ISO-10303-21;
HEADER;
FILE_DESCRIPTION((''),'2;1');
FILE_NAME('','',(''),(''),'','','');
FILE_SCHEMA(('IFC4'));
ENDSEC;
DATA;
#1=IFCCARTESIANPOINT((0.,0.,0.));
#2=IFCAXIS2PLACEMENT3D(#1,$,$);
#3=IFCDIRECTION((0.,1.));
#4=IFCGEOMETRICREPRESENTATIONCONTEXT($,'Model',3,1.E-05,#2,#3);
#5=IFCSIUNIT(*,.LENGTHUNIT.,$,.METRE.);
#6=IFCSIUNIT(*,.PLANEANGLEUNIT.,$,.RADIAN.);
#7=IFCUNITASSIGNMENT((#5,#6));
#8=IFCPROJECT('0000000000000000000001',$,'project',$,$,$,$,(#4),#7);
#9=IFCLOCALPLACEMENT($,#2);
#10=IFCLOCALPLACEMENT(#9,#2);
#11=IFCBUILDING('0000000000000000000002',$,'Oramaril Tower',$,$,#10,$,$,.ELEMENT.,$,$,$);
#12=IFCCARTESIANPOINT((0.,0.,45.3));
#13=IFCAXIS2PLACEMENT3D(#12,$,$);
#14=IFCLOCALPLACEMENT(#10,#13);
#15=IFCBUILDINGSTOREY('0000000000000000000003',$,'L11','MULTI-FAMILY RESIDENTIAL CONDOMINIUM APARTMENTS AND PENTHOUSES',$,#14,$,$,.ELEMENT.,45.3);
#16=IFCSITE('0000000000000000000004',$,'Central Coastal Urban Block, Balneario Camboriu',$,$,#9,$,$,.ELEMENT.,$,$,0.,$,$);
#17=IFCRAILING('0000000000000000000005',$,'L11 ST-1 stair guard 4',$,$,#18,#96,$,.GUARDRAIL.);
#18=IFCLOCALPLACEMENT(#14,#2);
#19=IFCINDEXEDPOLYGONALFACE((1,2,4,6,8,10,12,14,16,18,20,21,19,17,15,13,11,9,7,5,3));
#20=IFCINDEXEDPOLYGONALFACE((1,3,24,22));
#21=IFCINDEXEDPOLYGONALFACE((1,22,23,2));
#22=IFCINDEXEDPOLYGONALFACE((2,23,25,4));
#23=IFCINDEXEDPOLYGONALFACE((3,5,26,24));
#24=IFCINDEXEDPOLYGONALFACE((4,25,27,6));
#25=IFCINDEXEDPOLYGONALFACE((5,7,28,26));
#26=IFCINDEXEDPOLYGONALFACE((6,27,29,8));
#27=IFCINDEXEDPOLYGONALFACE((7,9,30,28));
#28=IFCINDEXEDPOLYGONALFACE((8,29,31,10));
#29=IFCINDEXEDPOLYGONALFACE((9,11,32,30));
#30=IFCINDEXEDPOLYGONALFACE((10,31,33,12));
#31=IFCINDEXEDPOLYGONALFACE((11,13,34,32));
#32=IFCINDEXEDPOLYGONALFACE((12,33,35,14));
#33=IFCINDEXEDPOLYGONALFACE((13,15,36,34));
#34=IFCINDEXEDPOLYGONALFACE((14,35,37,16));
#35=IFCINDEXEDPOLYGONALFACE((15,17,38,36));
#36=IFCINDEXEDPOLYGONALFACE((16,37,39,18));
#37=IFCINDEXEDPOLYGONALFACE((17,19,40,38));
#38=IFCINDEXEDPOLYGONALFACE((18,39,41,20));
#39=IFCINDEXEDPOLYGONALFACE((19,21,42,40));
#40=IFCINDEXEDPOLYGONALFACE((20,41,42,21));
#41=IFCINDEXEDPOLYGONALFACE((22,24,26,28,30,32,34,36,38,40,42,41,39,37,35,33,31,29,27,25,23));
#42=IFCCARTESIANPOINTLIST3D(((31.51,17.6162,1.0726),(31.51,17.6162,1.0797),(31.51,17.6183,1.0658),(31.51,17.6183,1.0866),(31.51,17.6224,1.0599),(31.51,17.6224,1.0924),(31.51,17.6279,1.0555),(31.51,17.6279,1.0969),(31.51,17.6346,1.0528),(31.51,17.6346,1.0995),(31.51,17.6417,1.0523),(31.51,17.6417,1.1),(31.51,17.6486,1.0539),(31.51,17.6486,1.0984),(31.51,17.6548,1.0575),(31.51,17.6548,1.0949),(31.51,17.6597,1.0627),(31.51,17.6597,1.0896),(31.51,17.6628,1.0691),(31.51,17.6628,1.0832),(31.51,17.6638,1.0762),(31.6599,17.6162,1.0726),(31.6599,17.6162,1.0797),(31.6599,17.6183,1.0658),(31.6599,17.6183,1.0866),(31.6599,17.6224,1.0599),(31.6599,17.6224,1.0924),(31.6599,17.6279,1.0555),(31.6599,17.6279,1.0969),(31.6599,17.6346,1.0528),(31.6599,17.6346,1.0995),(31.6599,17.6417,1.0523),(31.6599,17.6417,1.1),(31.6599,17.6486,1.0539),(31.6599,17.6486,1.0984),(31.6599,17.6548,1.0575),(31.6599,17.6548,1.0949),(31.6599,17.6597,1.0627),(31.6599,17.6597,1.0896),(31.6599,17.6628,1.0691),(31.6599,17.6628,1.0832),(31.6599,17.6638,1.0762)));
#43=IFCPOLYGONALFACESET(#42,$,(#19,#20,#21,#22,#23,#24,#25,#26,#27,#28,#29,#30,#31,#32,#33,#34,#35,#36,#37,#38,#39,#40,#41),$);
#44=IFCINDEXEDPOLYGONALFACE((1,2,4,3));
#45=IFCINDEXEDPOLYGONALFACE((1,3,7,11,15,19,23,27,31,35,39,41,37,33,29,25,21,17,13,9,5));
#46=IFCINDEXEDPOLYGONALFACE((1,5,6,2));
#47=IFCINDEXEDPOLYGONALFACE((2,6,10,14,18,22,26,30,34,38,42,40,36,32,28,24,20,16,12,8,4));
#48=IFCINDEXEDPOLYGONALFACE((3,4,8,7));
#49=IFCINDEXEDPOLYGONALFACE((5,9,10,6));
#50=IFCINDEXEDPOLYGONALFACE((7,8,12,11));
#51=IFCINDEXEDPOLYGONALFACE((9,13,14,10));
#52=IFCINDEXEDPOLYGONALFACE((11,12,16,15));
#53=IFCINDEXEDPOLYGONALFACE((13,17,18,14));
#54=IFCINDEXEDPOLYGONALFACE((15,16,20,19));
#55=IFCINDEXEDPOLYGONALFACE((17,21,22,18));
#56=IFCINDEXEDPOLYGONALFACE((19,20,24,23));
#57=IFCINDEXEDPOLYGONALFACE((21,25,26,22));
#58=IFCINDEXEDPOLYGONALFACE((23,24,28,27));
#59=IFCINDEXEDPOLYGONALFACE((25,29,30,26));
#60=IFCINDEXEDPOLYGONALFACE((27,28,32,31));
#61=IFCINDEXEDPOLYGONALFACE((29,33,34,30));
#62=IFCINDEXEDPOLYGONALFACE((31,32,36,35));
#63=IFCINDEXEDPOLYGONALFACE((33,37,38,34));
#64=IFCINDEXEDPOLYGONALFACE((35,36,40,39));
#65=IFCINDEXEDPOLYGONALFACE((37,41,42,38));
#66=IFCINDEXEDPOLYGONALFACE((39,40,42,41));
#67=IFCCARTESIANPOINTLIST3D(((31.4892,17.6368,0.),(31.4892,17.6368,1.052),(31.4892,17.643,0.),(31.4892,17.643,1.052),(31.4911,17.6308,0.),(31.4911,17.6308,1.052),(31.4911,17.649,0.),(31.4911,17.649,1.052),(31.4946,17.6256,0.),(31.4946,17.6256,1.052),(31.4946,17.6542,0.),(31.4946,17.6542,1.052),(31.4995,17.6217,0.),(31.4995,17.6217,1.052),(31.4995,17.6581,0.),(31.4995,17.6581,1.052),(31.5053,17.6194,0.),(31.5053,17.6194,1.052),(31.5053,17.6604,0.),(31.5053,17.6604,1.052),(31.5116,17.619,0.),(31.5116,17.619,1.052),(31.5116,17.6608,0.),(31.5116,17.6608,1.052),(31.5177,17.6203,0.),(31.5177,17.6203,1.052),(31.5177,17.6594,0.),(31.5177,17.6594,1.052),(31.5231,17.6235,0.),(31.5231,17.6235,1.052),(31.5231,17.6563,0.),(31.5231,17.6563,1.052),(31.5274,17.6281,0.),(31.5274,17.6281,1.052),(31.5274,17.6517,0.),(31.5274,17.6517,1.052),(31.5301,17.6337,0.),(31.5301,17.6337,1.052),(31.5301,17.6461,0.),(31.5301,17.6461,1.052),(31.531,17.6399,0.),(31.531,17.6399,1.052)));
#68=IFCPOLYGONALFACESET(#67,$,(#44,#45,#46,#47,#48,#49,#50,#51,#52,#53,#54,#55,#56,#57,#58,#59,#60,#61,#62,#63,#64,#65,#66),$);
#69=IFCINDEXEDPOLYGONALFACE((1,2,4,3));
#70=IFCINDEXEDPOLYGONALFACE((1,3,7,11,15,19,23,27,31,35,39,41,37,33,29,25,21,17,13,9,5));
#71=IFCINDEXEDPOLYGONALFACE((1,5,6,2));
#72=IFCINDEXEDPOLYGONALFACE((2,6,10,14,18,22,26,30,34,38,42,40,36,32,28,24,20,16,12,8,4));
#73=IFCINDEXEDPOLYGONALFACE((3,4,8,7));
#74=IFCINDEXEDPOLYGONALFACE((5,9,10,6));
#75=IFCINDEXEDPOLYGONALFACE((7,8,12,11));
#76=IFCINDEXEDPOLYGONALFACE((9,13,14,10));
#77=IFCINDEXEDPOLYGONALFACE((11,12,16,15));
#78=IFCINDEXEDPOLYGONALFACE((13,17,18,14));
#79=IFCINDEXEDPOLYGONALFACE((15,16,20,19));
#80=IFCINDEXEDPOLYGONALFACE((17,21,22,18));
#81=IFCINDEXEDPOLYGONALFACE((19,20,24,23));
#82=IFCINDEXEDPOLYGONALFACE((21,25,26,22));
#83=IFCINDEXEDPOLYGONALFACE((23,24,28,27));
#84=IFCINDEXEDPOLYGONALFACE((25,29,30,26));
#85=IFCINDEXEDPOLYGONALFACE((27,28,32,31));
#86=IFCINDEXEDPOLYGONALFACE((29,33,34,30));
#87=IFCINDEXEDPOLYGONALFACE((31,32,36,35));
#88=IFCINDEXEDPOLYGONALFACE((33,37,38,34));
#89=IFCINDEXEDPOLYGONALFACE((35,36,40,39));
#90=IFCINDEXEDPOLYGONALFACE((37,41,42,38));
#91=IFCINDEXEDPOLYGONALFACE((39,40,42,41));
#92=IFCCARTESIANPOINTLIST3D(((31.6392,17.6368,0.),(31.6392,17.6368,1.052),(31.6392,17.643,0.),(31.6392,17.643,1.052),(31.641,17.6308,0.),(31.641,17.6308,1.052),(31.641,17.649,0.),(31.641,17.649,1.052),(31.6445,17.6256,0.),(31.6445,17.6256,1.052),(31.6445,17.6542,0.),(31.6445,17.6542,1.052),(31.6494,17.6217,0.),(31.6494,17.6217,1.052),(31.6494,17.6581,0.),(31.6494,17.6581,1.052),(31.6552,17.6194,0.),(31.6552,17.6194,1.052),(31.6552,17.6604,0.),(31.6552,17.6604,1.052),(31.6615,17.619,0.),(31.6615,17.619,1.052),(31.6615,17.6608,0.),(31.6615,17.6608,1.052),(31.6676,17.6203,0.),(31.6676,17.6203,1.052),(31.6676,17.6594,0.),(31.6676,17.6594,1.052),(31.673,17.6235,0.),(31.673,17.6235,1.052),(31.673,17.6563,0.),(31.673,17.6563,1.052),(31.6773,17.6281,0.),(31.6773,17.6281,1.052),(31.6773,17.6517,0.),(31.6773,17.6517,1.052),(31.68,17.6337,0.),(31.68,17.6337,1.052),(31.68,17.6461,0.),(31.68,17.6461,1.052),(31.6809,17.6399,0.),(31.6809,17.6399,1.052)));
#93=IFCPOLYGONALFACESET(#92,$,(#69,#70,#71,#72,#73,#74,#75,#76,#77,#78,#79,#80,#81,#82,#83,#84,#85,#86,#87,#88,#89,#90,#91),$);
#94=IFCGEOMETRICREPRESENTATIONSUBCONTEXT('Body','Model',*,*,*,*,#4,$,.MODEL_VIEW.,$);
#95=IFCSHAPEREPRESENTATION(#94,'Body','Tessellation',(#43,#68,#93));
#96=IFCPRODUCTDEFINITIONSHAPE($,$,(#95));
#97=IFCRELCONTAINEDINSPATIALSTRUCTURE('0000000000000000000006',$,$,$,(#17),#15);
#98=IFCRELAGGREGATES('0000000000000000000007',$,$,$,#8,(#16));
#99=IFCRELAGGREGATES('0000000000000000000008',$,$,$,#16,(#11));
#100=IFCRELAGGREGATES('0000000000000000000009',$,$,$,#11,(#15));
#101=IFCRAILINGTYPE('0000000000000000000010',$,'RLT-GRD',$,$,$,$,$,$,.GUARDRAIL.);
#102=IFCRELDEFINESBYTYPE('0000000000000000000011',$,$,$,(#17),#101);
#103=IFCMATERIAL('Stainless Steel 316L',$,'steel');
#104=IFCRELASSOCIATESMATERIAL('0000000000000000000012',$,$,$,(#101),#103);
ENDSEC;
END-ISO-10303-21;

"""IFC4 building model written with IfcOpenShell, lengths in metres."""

from ifc_helpers import new_model, si_unit, direction, frame, origin, origin_2d, place, context, subcontext, project, spatial, circle, extrude, material, type_object, element, save


model = new_model("IFC4")

# Units and contexts
model_context = context("Model", 3, precision=1e-05, world=origin(), true_north=direction((0.0, 1.0)))
body_context = subcontext(model_context, "Body", "Model", "MODEL_VIEW")
ifc_project = project(units=[si_unit("LENGTHUNIT", "METRE"), si_unit("PLANEANGLEUNIT", "RADIAN")], contexts=[model_context])

# Site, building, storey
site_placement = place(None, origin())
site = spatial("IfcSite", under=ifc_project, at=site_placement, Name="Central Coastal Urban Block, Balneario Camboriu", CompositionType="ELEMENT", RefElevation=0.0)
building_placement = place(site_placement, origin())
building = spatial("IfcBuilding", under=site, at=building_placement, Name="Oramaril Tower", CompositionType="ELEMENT")
storey_placement = place(building_placement, frame((0.0, 0.0, 45.3)))
storey = spatial("IfcBuildingStorey", under=building, at=storey_placement, Name="L11", Description="MULTI-FAMILY RESIDENTIAL CONDOMINIUM APARTMENTS AND PENTHOUSES", CompositionType="ELEMENT", Elevation=45.3)

# Railing
ifc_material_1 = material(Name="Stainless Steel 316L", Category="steel")
railing_type_1 = type_object("IfcRailingType", Name="RLT-GRD", PredefinedType="GUARDRAIL", material=ifc_material_1)
railing_1_placement = place(storey_placement, frame((31.51, 17.6399, 0.0)))
element("IfcRailing", 1, at=railing_1_placement, inside=storey, type_object=railing_type_1, Name="L11 ST-1 stair guard 4", PredefinedType="GUARDRAIL", context=body_context, shape_type="SweptSolid", body=[
    extrude(circle(Radius=0.0239, at=origin_2d()), frame((0.0, 0.0, 1.0762), z_axis=(1.0, 0.0, 0.0), x_axis=(0.0, 1.0, 0.0)), (0.0, 0.0, 1.0), 0.1499),
    extrude(circle(Radius=0.021, at=origin_2d()), origin(), (0.0, 0.0, 1.0), 1.052),
    extrude(circle(Radius=0.021, at=origin_2d()), frame((0.1499, 0.0, 0.0)), (0.0, 0.0, 1.0), 1.052),
])

save(model, "model.ifc")
